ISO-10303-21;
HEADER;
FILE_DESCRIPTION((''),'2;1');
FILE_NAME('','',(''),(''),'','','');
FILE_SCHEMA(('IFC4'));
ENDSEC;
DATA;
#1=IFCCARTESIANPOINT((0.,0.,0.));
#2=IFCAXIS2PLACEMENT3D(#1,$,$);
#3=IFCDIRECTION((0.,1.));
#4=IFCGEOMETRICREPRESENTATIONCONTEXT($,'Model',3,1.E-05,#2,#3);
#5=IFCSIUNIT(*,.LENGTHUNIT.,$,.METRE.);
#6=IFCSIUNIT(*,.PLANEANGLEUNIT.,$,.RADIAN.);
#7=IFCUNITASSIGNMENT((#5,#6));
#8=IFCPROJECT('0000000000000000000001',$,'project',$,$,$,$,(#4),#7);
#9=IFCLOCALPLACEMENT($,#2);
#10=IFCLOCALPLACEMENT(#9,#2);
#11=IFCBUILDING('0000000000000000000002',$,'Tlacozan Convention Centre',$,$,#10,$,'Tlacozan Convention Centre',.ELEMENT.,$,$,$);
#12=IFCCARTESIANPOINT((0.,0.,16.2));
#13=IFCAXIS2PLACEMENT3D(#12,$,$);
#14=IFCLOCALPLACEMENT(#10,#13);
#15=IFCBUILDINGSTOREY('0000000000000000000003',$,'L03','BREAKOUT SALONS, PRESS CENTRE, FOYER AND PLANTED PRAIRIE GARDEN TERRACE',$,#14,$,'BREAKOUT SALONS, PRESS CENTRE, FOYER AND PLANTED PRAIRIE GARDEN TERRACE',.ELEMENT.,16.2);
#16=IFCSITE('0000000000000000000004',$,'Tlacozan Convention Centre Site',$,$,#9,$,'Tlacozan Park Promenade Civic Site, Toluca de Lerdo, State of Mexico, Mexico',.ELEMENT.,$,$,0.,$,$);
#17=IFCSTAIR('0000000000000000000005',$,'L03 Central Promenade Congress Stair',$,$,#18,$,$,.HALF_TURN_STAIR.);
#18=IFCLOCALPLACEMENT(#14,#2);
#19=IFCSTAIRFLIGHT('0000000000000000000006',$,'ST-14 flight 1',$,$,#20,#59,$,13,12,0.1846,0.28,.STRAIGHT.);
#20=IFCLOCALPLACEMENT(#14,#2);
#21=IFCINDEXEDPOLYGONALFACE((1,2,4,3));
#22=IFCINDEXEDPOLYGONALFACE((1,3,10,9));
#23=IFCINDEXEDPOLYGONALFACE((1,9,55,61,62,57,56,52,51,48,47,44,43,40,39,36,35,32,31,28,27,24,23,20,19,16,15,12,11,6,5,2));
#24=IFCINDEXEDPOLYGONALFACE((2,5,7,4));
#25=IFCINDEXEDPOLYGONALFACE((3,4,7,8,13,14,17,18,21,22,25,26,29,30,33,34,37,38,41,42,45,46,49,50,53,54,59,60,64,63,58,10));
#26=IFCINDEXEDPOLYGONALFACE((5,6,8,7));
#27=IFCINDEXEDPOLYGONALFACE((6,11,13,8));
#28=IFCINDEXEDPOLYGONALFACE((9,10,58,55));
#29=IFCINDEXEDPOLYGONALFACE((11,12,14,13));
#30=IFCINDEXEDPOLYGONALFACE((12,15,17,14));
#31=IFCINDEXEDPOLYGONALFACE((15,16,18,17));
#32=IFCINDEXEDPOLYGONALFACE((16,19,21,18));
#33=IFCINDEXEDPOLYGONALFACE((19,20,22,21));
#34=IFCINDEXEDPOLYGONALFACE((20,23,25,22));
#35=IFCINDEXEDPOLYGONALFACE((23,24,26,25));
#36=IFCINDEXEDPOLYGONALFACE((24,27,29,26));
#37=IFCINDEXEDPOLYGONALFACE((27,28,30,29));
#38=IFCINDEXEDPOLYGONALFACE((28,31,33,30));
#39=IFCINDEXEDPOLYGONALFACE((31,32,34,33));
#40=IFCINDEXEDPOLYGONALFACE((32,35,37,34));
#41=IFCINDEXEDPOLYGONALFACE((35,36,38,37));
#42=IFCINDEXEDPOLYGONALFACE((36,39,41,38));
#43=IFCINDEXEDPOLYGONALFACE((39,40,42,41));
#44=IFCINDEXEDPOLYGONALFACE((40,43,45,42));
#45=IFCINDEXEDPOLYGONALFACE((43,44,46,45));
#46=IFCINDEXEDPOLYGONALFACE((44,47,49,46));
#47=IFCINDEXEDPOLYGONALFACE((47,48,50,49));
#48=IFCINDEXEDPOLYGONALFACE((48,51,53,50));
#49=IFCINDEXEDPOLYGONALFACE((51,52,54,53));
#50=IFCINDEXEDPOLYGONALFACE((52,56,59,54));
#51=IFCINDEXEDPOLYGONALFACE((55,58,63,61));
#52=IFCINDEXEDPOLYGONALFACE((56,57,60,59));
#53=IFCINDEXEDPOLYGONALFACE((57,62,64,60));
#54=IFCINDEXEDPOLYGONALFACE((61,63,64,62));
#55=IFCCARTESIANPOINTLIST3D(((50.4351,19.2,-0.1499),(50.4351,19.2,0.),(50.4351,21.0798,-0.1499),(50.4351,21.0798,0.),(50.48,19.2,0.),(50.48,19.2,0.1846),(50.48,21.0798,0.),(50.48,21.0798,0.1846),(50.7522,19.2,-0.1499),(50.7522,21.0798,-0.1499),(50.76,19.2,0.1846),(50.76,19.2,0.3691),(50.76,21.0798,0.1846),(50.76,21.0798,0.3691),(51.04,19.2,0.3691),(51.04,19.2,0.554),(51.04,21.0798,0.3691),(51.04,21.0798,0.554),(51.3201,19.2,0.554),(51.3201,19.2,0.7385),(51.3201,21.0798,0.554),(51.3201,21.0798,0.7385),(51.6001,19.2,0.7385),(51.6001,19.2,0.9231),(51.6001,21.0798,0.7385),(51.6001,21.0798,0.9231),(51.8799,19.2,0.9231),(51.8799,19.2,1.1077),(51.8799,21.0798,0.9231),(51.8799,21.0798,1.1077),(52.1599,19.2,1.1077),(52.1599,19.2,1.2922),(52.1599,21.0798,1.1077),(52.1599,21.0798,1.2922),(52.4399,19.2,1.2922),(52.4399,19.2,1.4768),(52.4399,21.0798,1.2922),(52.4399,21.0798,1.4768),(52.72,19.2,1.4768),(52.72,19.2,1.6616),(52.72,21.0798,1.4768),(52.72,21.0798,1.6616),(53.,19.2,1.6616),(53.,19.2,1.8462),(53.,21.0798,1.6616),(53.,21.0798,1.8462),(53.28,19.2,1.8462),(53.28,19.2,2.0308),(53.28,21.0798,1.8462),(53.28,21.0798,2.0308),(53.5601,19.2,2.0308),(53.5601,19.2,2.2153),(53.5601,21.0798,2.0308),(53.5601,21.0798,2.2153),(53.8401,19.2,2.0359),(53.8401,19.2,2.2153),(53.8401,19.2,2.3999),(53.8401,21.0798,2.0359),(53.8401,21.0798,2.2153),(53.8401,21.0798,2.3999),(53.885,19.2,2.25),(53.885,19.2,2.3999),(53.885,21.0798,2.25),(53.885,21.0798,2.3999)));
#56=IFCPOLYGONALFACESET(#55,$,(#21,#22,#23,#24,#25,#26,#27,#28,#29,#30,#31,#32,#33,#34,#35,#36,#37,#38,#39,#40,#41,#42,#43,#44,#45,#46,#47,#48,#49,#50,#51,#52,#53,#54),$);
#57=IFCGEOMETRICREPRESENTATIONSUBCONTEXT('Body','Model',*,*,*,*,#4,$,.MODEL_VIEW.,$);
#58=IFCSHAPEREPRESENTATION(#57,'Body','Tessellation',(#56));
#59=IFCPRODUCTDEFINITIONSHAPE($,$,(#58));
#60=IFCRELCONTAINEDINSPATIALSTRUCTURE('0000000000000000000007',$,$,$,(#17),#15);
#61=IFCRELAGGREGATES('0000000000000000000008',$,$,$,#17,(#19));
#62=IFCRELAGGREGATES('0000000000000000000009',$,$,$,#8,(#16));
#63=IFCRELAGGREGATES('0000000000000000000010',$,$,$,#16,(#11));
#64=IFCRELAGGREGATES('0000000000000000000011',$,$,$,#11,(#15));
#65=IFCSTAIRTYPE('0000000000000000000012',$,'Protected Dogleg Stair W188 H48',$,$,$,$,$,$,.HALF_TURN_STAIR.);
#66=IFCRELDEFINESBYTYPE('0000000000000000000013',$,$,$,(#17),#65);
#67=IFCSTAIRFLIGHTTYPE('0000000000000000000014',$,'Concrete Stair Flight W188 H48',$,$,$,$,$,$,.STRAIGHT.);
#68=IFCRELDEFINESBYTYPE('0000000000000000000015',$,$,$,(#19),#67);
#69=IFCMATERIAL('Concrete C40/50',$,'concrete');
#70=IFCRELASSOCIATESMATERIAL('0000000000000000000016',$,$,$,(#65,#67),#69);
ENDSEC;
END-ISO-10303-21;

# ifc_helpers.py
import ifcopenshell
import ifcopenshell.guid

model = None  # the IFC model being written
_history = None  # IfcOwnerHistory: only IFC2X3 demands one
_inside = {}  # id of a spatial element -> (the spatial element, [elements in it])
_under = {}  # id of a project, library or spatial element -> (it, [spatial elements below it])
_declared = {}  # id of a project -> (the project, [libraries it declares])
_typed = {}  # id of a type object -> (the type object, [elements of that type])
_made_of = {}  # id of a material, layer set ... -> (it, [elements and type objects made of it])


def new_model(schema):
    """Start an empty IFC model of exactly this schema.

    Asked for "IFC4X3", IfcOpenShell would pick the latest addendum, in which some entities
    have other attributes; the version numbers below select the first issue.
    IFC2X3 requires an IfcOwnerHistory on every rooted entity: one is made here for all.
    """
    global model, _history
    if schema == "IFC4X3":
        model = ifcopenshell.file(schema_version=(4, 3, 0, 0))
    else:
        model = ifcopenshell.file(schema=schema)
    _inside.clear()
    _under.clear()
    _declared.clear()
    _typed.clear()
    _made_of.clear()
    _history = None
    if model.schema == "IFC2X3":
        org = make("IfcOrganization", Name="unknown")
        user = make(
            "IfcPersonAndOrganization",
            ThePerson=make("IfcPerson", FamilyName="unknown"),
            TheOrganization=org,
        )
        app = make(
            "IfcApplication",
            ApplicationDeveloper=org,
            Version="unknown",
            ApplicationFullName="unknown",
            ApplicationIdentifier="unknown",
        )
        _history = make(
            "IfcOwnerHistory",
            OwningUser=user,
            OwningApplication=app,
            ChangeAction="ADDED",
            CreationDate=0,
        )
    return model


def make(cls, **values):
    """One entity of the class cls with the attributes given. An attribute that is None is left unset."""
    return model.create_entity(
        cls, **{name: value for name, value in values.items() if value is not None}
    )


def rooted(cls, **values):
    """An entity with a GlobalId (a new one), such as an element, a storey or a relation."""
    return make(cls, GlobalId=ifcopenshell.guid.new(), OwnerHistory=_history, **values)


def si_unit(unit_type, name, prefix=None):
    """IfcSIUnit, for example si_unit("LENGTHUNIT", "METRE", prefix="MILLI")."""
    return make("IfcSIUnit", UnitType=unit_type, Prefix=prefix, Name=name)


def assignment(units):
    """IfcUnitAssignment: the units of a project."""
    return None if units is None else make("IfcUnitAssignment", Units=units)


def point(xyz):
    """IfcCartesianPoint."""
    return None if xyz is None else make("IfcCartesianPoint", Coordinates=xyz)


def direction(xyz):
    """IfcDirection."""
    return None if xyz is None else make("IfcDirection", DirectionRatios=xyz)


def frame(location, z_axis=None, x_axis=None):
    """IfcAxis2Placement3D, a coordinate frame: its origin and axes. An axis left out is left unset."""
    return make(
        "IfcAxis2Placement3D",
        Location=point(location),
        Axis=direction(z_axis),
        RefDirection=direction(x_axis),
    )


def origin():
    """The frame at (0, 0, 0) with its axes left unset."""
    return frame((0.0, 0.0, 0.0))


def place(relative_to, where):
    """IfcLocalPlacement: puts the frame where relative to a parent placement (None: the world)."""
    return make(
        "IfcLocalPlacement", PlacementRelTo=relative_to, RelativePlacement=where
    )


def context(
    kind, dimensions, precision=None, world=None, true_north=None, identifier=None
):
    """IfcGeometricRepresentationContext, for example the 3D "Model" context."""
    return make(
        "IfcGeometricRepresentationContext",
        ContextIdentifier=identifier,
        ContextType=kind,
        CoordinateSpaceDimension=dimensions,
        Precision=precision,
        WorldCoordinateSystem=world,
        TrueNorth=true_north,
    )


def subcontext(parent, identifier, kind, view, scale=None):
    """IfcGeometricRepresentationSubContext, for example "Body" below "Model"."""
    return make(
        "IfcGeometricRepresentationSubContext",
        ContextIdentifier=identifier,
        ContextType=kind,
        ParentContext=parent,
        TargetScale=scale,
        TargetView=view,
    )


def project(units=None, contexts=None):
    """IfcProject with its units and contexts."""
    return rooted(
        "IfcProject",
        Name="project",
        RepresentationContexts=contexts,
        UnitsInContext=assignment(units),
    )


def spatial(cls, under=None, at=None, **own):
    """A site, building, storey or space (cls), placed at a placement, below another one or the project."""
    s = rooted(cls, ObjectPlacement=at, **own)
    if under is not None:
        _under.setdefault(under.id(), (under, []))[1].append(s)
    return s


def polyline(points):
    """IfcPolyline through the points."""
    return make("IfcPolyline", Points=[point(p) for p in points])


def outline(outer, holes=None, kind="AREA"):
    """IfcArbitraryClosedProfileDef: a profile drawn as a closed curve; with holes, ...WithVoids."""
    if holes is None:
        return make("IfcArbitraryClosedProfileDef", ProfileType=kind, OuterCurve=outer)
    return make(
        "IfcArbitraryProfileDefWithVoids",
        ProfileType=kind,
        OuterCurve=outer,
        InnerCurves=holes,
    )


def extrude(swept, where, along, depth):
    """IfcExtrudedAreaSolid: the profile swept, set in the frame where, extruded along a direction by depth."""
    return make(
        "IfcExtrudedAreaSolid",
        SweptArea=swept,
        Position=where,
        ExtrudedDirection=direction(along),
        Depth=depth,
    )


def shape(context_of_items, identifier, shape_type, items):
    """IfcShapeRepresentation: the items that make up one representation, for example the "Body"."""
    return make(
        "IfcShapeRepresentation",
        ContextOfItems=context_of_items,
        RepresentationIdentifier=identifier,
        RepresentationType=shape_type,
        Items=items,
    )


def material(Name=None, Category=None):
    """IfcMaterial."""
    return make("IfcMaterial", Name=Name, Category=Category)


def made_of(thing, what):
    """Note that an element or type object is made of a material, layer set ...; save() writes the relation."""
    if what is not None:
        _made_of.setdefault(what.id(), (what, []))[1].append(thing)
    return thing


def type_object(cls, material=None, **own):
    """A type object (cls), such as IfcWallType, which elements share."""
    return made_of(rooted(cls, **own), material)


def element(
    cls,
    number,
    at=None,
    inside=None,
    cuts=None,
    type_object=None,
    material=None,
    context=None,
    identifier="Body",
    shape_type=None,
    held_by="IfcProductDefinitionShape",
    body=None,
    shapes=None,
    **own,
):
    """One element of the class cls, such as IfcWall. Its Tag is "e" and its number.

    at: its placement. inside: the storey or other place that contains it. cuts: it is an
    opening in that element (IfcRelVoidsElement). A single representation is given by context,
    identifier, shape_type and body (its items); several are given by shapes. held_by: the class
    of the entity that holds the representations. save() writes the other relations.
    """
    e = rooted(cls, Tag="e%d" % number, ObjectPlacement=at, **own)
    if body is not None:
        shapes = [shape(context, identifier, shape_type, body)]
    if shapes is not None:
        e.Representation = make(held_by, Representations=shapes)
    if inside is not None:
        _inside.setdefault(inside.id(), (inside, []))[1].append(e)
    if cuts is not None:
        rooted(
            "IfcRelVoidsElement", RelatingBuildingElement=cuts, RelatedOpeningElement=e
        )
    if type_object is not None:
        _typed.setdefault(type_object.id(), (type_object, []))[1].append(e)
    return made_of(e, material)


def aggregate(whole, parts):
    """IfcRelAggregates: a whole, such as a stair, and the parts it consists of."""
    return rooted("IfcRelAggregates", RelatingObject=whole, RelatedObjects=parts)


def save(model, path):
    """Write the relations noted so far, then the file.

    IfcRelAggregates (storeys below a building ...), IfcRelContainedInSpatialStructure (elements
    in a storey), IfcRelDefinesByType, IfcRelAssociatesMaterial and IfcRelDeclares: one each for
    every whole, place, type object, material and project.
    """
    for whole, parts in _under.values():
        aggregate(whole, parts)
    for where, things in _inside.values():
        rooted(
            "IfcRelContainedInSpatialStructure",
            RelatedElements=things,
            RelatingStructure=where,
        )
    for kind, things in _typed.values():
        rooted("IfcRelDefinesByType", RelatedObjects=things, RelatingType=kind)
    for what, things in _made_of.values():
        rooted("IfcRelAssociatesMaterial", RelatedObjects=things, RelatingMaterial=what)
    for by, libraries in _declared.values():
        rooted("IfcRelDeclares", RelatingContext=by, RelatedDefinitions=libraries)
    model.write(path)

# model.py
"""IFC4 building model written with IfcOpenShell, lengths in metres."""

from ifc_helpers import new_model, si_unit, direction, frame, origin, place, context, subcontext, project, spatial, polyline, outline, extrude, material, type_object, element, aggregate, save


model = new_model("IFC4")

# Units and contexts
model_context = context("Model", 3, precision=1e-05, world=origin(), true_north=direction((0.0, 1.0)))
body_context = subcontext(model_context, "Body", "Model", "MODEL_VIEW")
ifc_project = project(units=[si_unit("LENGTHUNIT", "METRE"), si_unit("PLANEANGLEUNIT", "RADIAN")], contexts=[model_context])

# Site, building, storey
site_placement = place(None, origin())
site = spatial("IfcSite", under=ifc_project, at=site_placement, Name="Tlacozan Convention Centre Site", LongName="Tlacozan Park Promenade Civic Site, Toluca de Lerdo, State of Mexico, Mexico", CompositionType="ELEMENT", RefElevation=0.0)
building_placement = place(site_placement, origin())
building = spatial("IfcBuilding", under=site, at=building_placement, Name="Tlacozan Convention Centre", LongName="Tlacozan Convention Centre", CompositionType="ELEMENT")
storey_placement = place(building_placement, frame((0.0, 0.0, 16.2)))
storey = spatial("IfcBuildingStorey", under=building, at=storey_placement, Name="L03", Description="BREAKOUT SALONS, PRESS CENTRE, FOYER AND PLANTED PRAIRIE GARDEN TERRACE", LongName="BREAKOUT SALONS, PRESS CENTRE, FOYER AND PLANTED PRAIRIE GARDEN TERRACE", CompositionType="ELEMENT", Elevation=16.2)

# Shared definitions
ifc_material_1 = material(Name="Concrete C40/50", Category="concrete")

# Stair, stair flight
stair_type = type_object("IfcStairType", Name="Protected Dogleg Stair W188 H48", PredefinedType="HALF_TURN_STAIR", material=ifc_material_1)
stair_flight_type = type_object("IfcStairFlightType", Name="Concrete Stair Flight W188 H48", PredefinedType="STRAIGHT", material=ifc_material_1)
stair_1_placement = place(storey_placement, origin())
stair_1 = element("IfcStair", 1, at=stair_1_placement, inside=storey, type_object=stair_type, Name="L03 Central Promenade Congress Stair", PredefinedType="HALF_TURN_STAIR")
stair_flight_1_placement = place(storey_placement, frame((50.48, 20.1399, 0.0), z_axis=(0.0, 0.0, 1.0), x_axis=(1.0, 0.0, 0.0)))
stair_flight_1 = element("IfcStairFlight", 2, at=stair_flight_1_placement, type_object=stair_flight_type, Name="ST-14 flight 1", NumberOfRisers=13, NumberOfTreads=12, PredefinedType="STRAIGHT", RiserHeight=0.1846, TreadLength=0.28, context=body_context, shape_type="SweptSolid", body=[
    extrude(outline(polyline([(-0.0449, -0.1499), (-0.0449, 0.0), (0.0, 0.0), (0.0, 0.1846), (0.28, 0.1846), (0.28, 0.3691), (0.5601, 0.3691), (0.5601, 0.554), (0.8401, 0.554), (0.8401, 0.7385), (1.1201, 0.7385), (1.1201, 0.9231), (1.3999, 0.9231), (1.3999, 1.1077), (1.6799, 1.1077), (1.6799, 1.2922), (1.96, 1.2922), (1.96, 1.4768), (2.24, 1.4768), (2.24, 1.6616), (2.52, 1.6616), (2.52, 1.8462), (2.8, 1.8462), (2.8, 2.0308), (3.0801, 2.0308), (3.0801, 2.2153), (3.3601, 2.2153), (3.3601, 2.3999), (3.405, 2.3999), (3.405, 2.25), (3.3601, 2.0359), (0.2722, -0.1499), (-0.0449, -0.1499)])), frame((0.0, 0.9399, 0.0), z_axis=(0.0, -1.0, 0.0), x_axis=(1.0, 0.0, 0.0)), (0.0, 0.0, 1.0), 1.8799),
])
aggregate(stair_1, [stair_flight_1])

save(model, "model.ifc")
